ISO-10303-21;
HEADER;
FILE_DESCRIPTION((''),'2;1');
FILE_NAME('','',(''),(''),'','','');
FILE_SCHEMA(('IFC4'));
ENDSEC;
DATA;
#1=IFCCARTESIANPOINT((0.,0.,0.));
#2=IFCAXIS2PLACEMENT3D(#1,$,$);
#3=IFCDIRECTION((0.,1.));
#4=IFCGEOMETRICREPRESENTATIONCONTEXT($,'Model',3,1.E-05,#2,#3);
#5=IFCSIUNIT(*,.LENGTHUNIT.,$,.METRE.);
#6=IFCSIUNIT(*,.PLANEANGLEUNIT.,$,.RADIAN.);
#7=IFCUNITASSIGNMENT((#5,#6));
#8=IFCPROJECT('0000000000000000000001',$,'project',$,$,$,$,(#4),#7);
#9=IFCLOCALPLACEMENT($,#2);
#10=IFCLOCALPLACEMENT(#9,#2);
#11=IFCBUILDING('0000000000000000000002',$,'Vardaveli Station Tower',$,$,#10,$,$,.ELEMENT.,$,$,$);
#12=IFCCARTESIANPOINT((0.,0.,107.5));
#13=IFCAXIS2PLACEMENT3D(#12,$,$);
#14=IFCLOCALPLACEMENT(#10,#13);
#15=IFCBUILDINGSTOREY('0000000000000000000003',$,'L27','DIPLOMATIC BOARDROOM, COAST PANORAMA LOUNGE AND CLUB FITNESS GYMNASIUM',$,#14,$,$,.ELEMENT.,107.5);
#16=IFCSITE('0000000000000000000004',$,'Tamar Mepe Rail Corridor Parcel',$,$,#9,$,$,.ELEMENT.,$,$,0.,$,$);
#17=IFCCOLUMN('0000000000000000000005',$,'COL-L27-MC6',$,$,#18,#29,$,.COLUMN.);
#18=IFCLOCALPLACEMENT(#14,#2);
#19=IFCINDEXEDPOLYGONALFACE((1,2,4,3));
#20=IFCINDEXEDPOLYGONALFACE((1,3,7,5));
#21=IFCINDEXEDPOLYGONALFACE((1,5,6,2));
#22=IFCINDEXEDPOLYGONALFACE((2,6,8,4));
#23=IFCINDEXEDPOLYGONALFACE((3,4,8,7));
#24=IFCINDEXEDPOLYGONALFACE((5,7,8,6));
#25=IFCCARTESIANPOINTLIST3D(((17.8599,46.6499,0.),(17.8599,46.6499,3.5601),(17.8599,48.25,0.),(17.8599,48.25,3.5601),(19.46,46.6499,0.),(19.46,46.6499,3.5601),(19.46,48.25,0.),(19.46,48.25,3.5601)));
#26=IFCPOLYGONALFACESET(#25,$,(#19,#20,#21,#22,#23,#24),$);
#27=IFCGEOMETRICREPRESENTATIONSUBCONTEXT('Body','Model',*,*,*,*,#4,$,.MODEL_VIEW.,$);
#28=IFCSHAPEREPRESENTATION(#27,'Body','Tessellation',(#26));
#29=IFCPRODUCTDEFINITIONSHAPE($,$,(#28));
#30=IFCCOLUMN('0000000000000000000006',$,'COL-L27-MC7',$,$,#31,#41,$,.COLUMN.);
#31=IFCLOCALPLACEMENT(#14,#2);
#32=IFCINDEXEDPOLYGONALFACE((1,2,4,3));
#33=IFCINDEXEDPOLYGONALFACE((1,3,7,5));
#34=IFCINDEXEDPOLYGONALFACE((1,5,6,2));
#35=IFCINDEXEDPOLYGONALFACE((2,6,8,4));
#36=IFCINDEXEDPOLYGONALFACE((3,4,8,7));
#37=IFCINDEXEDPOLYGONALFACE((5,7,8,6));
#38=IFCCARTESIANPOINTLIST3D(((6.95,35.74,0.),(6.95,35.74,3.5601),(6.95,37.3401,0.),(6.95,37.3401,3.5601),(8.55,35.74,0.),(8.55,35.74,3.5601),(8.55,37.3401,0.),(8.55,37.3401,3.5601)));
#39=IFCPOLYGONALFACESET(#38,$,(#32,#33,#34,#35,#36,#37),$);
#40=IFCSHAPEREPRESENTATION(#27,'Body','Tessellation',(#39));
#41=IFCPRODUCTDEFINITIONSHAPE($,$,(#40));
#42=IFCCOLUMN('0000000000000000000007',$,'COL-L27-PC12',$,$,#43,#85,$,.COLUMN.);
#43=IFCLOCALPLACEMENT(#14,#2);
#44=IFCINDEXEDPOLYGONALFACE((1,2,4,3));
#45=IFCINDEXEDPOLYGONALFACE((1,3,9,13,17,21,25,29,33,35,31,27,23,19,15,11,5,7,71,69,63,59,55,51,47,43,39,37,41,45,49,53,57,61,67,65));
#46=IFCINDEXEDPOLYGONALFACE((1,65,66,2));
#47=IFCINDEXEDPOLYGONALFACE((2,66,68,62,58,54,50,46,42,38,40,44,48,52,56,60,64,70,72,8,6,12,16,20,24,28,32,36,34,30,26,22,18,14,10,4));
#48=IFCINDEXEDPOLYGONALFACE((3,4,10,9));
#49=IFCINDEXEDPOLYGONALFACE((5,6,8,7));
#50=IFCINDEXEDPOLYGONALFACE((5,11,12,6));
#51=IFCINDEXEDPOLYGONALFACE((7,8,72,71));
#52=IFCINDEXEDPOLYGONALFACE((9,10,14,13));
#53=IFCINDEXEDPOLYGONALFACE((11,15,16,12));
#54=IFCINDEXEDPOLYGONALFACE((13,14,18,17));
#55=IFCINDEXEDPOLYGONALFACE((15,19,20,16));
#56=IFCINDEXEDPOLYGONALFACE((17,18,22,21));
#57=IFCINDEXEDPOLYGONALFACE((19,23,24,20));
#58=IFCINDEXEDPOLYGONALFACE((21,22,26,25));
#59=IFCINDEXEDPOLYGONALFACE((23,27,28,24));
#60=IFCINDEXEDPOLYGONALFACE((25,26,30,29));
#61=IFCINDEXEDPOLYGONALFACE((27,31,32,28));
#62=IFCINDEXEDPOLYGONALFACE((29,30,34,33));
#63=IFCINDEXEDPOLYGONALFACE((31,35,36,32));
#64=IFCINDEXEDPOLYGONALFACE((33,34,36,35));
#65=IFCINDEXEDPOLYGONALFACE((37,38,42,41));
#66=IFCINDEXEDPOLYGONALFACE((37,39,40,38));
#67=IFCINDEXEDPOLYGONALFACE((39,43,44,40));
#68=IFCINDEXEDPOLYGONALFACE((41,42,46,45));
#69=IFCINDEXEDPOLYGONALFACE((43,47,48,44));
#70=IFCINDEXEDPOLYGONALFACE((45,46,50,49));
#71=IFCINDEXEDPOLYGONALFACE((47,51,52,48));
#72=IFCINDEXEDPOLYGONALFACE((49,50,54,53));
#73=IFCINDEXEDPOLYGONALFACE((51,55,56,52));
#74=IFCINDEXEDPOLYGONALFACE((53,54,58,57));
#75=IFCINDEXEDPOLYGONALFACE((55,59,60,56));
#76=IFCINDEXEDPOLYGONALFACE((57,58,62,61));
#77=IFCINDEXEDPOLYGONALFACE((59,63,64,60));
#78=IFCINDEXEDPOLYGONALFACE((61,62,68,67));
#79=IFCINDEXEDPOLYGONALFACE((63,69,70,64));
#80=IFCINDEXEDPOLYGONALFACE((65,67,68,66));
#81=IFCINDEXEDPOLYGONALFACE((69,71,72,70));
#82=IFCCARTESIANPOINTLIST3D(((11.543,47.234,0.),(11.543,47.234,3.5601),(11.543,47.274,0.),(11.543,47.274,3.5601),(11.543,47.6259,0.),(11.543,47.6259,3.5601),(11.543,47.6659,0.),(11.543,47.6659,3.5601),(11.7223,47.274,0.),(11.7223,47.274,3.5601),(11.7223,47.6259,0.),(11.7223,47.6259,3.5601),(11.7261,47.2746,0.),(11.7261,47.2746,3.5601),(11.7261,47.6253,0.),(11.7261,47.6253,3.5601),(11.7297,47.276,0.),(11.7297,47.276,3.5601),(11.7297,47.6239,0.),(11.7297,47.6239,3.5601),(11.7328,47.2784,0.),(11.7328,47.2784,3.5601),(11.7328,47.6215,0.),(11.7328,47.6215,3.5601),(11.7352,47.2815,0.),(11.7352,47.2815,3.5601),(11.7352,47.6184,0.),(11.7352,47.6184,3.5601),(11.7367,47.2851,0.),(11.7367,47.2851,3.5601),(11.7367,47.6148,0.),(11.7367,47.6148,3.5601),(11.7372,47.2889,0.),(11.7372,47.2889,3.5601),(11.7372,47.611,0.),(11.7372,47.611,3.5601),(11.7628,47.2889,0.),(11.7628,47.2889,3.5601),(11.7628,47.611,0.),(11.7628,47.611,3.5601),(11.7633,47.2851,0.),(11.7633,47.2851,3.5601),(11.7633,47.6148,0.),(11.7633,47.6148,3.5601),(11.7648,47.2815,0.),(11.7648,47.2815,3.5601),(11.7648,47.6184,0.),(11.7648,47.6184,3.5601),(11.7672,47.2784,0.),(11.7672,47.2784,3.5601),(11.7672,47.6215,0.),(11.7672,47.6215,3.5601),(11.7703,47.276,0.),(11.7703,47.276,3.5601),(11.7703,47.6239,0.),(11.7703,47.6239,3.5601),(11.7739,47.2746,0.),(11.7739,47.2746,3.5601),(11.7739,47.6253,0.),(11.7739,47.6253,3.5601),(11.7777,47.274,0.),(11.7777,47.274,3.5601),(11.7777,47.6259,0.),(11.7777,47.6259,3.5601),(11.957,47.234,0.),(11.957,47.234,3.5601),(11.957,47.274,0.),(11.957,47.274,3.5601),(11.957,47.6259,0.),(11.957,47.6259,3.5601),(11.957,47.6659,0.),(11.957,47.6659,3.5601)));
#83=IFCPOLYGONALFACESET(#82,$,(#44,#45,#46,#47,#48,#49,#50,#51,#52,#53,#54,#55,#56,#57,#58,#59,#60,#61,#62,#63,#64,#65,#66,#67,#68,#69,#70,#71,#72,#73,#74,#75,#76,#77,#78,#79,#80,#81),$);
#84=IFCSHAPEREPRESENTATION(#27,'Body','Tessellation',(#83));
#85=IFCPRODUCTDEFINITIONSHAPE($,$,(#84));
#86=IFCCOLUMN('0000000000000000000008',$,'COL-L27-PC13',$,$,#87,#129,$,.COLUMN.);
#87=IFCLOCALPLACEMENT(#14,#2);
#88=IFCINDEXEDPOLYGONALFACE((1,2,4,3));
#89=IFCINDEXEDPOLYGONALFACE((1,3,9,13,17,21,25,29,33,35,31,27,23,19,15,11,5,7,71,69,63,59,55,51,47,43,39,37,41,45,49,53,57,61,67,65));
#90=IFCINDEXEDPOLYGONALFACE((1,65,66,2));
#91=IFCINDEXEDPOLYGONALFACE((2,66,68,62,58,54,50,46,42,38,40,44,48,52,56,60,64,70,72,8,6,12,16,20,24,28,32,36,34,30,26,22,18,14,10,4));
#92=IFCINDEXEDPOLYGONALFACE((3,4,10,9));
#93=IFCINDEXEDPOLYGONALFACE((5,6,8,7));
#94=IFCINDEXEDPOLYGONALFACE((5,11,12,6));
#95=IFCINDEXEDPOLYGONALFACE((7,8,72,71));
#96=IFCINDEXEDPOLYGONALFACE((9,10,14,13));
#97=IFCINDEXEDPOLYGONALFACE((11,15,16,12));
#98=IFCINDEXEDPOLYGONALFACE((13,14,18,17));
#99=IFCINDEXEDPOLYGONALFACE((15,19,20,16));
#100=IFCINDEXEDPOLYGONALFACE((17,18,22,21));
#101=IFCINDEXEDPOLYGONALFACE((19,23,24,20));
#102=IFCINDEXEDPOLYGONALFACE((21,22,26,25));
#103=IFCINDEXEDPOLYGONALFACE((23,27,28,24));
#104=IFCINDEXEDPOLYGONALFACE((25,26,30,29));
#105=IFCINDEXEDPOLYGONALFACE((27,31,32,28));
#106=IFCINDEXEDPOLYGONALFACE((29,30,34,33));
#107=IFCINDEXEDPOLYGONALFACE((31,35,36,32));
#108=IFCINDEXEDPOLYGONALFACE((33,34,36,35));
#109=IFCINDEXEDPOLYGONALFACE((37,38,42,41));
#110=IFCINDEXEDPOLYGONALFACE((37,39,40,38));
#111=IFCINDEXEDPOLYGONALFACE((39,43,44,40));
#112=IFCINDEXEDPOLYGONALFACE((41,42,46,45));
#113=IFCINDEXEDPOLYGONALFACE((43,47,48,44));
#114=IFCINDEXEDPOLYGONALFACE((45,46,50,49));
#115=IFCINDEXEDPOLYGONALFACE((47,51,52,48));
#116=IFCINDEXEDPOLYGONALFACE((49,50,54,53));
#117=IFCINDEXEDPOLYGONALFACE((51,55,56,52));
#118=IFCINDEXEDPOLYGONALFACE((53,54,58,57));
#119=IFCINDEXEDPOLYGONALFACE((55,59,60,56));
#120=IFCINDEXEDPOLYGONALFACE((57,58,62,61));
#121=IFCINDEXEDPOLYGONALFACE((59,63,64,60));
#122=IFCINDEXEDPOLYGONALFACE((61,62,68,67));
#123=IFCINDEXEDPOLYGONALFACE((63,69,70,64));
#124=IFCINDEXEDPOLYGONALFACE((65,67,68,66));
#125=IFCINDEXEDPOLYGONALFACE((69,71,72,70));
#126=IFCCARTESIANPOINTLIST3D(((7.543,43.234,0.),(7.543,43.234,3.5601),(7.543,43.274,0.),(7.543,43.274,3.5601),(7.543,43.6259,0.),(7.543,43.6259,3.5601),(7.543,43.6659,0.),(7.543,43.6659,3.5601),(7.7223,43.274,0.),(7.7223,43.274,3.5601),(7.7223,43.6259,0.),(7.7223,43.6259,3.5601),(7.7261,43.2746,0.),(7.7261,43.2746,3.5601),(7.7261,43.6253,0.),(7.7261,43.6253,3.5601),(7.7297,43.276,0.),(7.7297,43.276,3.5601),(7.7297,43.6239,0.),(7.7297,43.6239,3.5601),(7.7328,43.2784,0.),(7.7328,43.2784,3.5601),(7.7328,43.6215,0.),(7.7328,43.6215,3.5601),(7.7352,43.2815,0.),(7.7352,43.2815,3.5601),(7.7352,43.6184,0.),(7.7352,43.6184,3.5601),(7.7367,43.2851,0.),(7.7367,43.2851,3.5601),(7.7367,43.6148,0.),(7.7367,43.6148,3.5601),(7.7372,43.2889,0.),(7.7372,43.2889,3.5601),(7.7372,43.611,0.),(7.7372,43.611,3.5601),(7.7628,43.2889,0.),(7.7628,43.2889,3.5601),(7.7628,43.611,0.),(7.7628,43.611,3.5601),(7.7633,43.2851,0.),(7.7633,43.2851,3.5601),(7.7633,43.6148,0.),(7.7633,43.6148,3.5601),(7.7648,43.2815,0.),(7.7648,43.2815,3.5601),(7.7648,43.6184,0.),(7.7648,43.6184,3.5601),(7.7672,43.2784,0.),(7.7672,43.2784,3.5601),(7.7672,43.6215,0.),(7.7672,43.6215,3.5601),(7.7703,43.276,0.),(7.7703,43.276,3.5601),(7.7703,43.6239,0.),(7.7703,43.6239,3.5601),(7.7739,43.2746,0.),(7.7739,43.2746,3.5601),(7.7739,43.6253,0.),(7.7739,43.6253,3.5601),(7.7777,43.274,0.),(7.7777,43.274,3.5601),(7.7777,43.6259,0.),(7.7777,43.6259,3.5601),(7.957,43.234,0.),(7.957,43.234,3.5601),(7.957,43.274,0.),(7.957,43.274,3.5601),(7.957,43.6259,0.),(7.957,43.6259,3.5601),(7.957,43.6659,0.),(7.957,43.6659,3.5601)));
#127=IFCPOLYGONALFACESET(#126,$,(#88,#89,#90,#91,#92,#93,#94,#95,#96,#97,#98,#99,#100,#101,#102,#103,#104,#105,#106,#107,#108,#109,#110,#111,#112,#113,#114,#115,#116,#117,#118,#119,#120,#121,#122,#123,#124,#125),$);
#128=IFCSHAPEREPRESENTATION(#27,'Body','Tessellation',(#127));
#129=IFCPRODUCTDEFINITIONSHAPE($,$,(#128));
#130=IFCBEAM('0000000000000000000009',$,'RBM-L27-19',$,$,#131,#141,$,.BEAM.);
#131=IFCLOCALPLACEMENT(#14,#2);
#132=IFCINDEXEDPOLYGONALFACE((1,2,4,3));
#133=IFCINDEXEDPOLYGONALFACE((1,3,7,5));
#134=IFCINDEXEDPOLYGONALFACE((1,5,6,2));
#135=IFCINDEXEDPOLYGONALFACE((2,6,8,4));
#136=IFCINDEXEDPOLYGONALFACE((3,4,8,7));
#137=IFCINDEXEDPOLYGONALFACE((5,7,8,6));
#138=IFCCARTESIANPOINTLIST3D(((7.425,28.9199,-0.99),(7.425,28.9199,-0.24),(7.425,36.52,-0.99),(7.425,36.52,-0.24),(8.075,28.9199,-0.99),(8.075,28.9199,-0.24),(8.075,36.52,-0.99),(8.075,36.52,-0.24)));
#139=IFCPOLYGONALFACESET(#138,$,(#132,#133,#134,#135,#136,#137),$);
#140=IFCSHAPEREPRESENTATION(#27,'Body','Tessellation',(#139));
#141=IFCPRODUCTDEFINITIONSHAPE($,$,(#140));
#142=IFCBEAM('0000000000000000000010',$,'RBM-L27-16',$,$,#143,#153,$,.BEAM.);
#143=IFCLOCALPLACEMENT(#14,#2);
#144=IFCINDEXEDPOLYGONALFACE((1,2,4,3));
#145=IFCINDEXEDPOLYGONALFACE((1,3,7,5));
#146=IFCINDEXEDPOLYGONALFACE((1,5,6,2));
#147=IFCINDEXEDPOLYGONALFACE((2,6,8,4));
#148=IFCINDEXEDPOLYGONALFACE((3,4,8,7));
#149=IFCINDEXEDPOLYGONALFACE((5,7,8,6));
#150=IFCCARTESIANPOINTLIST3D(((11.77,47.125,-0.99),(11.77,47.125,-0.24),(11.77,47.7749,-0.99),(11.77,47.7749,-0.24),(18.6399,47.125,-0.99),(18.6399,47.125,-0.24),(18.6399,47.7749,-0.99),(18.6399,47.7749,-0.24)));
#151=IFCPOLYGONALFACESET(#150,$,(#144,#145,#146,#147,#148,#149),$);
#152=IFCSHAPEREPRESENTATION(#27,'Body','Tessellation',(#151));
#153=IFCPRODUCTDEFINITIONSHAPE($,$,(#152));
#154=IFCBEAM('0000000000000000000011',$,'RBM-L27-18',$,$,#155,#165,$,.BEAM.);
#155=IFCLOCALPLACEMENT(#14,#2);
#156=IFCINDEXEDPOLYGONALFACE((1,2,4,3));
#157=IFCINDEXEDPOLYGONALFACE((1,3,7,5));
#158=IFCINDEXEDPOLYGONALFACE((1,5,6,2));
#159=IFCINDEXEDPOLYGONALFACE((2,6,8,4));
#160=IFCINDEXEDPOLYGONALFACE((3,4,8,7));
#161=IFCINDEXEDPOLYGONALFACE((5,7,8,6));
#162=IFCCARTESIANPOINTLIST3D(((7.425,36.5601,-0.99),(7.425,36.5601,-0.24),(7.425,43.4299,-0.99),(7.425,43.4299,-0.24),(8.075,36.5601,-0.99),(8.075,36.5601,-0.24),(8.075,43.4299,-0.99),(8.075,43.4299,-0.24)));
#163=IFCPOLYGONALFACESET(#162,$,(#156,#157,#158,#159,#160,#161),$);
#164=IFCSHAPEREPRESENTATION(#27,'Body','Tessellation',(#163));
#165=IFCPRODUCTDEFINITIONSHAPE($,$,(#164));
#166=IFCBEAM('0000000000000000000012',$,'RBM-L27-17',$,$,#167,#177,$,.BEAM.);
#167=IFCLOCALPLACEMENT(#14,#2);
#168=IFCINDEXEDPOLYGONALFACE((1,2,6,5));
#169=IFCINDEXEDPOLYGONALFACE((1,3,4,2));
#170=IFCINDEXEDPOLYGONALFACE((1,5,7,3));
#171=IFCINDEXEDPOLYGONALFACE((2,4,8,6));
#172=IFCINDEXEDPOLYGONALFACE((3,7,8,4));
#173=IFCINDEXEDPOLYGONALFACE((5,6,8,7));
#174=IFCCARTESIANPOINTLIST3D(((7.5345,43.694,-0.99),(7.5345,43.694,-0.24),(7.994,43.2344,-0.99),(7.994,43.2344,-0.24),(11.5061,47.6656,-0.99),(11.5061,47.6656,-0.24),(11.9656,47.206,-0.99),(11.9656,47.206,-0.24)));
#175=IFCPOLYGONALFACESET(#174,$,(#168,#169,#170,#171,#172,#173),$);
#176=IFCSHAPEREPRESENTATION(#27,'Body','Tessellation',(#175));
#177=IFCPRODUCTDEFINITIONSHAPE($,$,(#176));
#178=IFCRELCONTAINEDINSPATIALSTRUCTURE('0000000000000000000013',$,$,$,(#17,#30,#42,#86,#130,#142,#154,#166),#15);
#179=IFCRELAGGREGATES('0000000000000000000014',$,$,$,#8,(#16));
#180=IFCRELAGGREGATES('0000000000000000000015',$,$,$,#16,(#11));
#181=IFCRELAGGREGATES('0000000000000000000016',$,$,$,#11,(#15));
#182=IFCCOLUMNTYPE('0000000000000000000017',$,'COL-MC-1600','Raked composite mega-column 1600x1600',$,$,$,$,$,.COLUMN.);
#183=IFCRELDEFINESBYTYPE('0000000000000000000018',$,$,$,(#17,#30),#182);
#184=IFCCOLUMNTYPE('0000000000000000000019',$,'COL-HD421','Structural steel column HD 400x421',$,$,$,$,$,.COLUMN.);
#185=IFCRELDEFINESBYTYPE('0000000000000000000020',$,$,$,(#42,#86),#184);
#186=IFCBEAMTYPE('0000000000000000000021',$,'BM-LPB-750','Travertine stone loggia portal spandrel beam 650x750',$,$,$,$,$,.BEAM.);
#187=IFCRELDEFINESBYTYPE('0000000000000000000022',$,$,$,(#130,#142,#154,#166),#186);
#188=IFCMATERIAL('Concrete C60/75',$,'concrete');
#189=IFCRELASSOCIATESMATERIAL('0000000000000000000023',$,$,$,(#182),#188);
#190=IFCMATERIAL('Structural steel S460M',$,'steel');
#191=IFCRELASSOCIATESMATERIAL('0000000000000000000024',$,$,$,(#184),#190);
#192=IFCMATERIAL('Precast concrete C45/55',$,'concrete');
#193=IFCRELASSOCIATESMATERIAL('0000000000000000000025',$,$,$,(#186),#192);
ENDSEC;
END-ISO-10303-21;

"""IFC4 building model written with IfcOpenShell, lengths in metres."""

from ifc_helpers import new_model, si_unit, direction, frame, origin, origin_2d, place, context, subcontext, project, spatial, rectangle, i_section, extrude, source, transform, mapped, material, material_profile, profile_set, type_object, element, save


model = new_model("IFC4")

# Units and contexts
model_context = context("Model", 3, precision=1e-05, world=origin(), true_north=direction((0.0, 1.0)))
body_context = subcontext(model_context, "Body", "Model", "MODEL_VIEW")
ifc_project = project(units=[si_unit("LENGTHUNIT", "METRE"), si_unit("PLANEANGLEUNIT", "RADIAN")], contexts=[model_context])

# Site, building, storey
site_placement = place(None, origin())
site = spatial("IfcSite", under=ifc_project, at=site_placement, Name="Tamar Mepe Rail Corridor Parcel", CompositionType="ELEMENT", RefElevation=0.0)
building_placement = place(site_placement, origin())
building = spatial("IfcBuilding", under=site, at=building_placement, Name="Vardaveli Station Tower", CompositionType="ELEMENT")
storey_placement = place(building_placement, frame((0.0, 0.0, 107.5)))
storey = spatial("IfcBuildingStorey", under=building, at=storey_placement, Name="L27", Description="DIPLOMATIC BOARDROOM, COAST PANORAMA LOUNGE AND CLUB FITNESS GYMNASIUM", CompositionType="ELEMENT", Elevation=107.5)

# Columns
ifc_material_1 = material(Name="Concrete C60/75", Category="concrete")
ifc_material_profile_1 = material_profile(ifc_material_1, rectangle(XDim=1.6001, YDim=1.6001, at=origin_2d()), Name="MC 1600x1600")
ifc_profile_set_1 = profile_set([ifc_material_profile_1], Name="Concrete C60/75")
column_type_1 = type_object("IfcColumnType", Name="COL-MC-1600", Description="Raked composite mega-column 1600x1600", PredefinedType="COLUMN", material=ifc_profile_set_1)
shared_shape_1 = source(origin(), body_context, "Body", "SweptSolid", [
    extrude(rectangle(XDim=1.6001, YDim=1.6001, at=origin_2d()), origin(), (0.0, 0.0, 1.0), 3.5601),
])
for number, where, z_axis, x_axis, name in (
    (1, (18.6599, 47.45, 0.0), (0.0, 0.0, 1.0), (1.0, 0.0, 0.0), "COL-L27-MC6"),
    (2, (7.75, 36.54, 0.0), (0.0, 0.0, 1.0), (1.0, 0.0, 0.0), "COL-L27-MC7"),
):
    element("IfcColumn", number, at=place(storey_placement, frame(where, z_axis=z_axis, x_axis=x_axis)), inside=storey, type_object=column_type_1, Name=name, PredefinedType="COLUMN", context=body_context, shape_type="MappedRepresentation", body=[
        mapped(shared_shape_1, transform((0.0, 0.0, 0.0), scale=1.0)),
    ])
ifc_material_2 = material(Name="Structural steel S460M", Category="steel")
ifc_material_profile_2 = material_profile(ifc_material_2, i_section(OverallWidth=0.4141, OverallDepth=0.4319, WebThickness=0.0256, FlangeThickness=0.04, FilletRadius=0.0149, at=origin_2d()), Name="HD 400x421")
ifc_profile_set_2 = profile_set([ifc_material_profile_2], Name="Structural steel S460M")
column_type_2 = type_object("IfcColumnType", Name="COL-HD421", Description="Structural steel column HD 400x421", PredefinedType="COLUMN", material=ifc_profile_set_2)
shared_shape_2 = source(origin(), body_context, "Body", "SweptSolid", [
    extrude(i_section(OverallWidth=0.4141, OverallDepth=0.4319, WebThickness=0.0256, FlangeThickness=0.04, FilletRadius=0.0149, at=origin_2d()), origin(), (0.0, 0.0, 1.0), 3.5601),
])
for number, where, z_axis, x_axis, name in (
    (3, (11.75, 47.45, 0.0), (0.0, 0.0, 1.0), (1.0, 0.0, 0.0), "COL-L27-PC12"),
    (4, (7.75, 43.45, 0.0), (0.0, 0.0, 1.0), (1.0, 0.0, 0.0), "COL-L27-PC13"),
):
    element("IfcColumn", number, at=place(storey_placement, frame(where, z_axis=z_axis, x_axis=x_axis)), inside=storey, type_object=column_type_2, Name=name, PredefinedType="COLUMN", context=body_context, shape_type="MappedRepresentation", body=[
        mapped(shared_shape_2, transform((0.0, 0.0, 0.0), scale=1.0)),
    ])

# Beams
ifc_material_3 = material(Name="Precast concrete C45/55", Category="concrete")
ifc_material_profile_3 = material_profile(ifc_material_3, rectangle(XDim=0.6499, YDim=0.75, at=origin_2d()), Name="LPB 650x750")
ifc_profile_set_3 = profile_set([ifc_material_profile_3], Name="Precast concrete C45/55")
beam_type = type_object("IfcBeamType", Name="BM-LPB-750", Description="Travertine stone loggia portal spandrel beam 650x750", PredefinedType="BEAM", material=ifc_profile_set_3)
shared_shape_3 = source(origin(), body_context, "Body", "SweptSolid", [
    extrude(rectangle(XDim=0.6499, YDim=0.75, at=origin_2d()), origin(), (0.0, 0.0, 1.0), 7.6001),
])
beam_1_placement = place(storey_placement, frame((7.75, 36.52, -0.615), z_axis=(0.0, -1.0, 0.0), x_axis=(1.0, 0.0, 0.0)))
element("IfcBeam", 5, at=beam_1_placement, inside=storey, type_object=beam_type, Name="RBM-L27-19", PredefinedType="BEAM", context=body_context, shape_type="MappedRepresentation", body=[
    mapped(shared_shape_3, transform((0.0, 0.0, 0.0), scale=1.0)),
])
shared_shape_4 = source(origin(), body_context, "Body", "SweptSolid", [
    extrude(rectangle(XDim=0.6499, YDim=0.75, at=origin_2d()), origin(), (0.0, 0.0, 1.0), 6.8699),
])
for number, where, z_axis, x_axis, name in (
    (6, (18.6399, 47.45, -0.615), (-1.0, 0.0, 0.0), (0.0, -1.0, 0.0), "RBM-L27-16"),
    (7, (7.75, 43.4299, -0.615), (0.0, -1.0, 0.0), (1.0, 0.0, 0.0), "RBM-L27-18"),
):
    element("IfcBeam", number, at=place(storey_placement, frame(where, z_axis=z_axis, x_axis=x_axis)), inside=storey, type_object=beam_type, Name=name, PredefinedType="BEAM", context=body_context, shape_type="MappedRepresentation", body=[
        mapped(shared_shape_4, transform((0.0, 0.0, 0.0), scale=1.0)),
    ])
shared_shape_5 = source(origin(), body_context, "Body", "SweptSolid", [
    extrude(rectangle(XDim=0.6499, YDim=0.75, at=origin_2d()), origin(), (0.0, 0.0, 1.0), 5.6167),
])
beam_2_placement = place(storey_placement, frame((11.7358, 47.4358, -0.615), z_axis=(-0.707107, -0.707107, 0.0), x_axis=(0.707107, -0.707107, 0.0)))
element("IfcBeam", 8, at=beam_2_placement, inside=storey, type_object=beam_type, Name="RBM-L27-17", PredefinedType="BEAM", context=body_context, shape_type="MappedRepresentation", body=[
    mapped(shared_shape_5, transform((0.0, 0.0, 0.0), scale=1.0)),
])

save(model, "model.ifc")
